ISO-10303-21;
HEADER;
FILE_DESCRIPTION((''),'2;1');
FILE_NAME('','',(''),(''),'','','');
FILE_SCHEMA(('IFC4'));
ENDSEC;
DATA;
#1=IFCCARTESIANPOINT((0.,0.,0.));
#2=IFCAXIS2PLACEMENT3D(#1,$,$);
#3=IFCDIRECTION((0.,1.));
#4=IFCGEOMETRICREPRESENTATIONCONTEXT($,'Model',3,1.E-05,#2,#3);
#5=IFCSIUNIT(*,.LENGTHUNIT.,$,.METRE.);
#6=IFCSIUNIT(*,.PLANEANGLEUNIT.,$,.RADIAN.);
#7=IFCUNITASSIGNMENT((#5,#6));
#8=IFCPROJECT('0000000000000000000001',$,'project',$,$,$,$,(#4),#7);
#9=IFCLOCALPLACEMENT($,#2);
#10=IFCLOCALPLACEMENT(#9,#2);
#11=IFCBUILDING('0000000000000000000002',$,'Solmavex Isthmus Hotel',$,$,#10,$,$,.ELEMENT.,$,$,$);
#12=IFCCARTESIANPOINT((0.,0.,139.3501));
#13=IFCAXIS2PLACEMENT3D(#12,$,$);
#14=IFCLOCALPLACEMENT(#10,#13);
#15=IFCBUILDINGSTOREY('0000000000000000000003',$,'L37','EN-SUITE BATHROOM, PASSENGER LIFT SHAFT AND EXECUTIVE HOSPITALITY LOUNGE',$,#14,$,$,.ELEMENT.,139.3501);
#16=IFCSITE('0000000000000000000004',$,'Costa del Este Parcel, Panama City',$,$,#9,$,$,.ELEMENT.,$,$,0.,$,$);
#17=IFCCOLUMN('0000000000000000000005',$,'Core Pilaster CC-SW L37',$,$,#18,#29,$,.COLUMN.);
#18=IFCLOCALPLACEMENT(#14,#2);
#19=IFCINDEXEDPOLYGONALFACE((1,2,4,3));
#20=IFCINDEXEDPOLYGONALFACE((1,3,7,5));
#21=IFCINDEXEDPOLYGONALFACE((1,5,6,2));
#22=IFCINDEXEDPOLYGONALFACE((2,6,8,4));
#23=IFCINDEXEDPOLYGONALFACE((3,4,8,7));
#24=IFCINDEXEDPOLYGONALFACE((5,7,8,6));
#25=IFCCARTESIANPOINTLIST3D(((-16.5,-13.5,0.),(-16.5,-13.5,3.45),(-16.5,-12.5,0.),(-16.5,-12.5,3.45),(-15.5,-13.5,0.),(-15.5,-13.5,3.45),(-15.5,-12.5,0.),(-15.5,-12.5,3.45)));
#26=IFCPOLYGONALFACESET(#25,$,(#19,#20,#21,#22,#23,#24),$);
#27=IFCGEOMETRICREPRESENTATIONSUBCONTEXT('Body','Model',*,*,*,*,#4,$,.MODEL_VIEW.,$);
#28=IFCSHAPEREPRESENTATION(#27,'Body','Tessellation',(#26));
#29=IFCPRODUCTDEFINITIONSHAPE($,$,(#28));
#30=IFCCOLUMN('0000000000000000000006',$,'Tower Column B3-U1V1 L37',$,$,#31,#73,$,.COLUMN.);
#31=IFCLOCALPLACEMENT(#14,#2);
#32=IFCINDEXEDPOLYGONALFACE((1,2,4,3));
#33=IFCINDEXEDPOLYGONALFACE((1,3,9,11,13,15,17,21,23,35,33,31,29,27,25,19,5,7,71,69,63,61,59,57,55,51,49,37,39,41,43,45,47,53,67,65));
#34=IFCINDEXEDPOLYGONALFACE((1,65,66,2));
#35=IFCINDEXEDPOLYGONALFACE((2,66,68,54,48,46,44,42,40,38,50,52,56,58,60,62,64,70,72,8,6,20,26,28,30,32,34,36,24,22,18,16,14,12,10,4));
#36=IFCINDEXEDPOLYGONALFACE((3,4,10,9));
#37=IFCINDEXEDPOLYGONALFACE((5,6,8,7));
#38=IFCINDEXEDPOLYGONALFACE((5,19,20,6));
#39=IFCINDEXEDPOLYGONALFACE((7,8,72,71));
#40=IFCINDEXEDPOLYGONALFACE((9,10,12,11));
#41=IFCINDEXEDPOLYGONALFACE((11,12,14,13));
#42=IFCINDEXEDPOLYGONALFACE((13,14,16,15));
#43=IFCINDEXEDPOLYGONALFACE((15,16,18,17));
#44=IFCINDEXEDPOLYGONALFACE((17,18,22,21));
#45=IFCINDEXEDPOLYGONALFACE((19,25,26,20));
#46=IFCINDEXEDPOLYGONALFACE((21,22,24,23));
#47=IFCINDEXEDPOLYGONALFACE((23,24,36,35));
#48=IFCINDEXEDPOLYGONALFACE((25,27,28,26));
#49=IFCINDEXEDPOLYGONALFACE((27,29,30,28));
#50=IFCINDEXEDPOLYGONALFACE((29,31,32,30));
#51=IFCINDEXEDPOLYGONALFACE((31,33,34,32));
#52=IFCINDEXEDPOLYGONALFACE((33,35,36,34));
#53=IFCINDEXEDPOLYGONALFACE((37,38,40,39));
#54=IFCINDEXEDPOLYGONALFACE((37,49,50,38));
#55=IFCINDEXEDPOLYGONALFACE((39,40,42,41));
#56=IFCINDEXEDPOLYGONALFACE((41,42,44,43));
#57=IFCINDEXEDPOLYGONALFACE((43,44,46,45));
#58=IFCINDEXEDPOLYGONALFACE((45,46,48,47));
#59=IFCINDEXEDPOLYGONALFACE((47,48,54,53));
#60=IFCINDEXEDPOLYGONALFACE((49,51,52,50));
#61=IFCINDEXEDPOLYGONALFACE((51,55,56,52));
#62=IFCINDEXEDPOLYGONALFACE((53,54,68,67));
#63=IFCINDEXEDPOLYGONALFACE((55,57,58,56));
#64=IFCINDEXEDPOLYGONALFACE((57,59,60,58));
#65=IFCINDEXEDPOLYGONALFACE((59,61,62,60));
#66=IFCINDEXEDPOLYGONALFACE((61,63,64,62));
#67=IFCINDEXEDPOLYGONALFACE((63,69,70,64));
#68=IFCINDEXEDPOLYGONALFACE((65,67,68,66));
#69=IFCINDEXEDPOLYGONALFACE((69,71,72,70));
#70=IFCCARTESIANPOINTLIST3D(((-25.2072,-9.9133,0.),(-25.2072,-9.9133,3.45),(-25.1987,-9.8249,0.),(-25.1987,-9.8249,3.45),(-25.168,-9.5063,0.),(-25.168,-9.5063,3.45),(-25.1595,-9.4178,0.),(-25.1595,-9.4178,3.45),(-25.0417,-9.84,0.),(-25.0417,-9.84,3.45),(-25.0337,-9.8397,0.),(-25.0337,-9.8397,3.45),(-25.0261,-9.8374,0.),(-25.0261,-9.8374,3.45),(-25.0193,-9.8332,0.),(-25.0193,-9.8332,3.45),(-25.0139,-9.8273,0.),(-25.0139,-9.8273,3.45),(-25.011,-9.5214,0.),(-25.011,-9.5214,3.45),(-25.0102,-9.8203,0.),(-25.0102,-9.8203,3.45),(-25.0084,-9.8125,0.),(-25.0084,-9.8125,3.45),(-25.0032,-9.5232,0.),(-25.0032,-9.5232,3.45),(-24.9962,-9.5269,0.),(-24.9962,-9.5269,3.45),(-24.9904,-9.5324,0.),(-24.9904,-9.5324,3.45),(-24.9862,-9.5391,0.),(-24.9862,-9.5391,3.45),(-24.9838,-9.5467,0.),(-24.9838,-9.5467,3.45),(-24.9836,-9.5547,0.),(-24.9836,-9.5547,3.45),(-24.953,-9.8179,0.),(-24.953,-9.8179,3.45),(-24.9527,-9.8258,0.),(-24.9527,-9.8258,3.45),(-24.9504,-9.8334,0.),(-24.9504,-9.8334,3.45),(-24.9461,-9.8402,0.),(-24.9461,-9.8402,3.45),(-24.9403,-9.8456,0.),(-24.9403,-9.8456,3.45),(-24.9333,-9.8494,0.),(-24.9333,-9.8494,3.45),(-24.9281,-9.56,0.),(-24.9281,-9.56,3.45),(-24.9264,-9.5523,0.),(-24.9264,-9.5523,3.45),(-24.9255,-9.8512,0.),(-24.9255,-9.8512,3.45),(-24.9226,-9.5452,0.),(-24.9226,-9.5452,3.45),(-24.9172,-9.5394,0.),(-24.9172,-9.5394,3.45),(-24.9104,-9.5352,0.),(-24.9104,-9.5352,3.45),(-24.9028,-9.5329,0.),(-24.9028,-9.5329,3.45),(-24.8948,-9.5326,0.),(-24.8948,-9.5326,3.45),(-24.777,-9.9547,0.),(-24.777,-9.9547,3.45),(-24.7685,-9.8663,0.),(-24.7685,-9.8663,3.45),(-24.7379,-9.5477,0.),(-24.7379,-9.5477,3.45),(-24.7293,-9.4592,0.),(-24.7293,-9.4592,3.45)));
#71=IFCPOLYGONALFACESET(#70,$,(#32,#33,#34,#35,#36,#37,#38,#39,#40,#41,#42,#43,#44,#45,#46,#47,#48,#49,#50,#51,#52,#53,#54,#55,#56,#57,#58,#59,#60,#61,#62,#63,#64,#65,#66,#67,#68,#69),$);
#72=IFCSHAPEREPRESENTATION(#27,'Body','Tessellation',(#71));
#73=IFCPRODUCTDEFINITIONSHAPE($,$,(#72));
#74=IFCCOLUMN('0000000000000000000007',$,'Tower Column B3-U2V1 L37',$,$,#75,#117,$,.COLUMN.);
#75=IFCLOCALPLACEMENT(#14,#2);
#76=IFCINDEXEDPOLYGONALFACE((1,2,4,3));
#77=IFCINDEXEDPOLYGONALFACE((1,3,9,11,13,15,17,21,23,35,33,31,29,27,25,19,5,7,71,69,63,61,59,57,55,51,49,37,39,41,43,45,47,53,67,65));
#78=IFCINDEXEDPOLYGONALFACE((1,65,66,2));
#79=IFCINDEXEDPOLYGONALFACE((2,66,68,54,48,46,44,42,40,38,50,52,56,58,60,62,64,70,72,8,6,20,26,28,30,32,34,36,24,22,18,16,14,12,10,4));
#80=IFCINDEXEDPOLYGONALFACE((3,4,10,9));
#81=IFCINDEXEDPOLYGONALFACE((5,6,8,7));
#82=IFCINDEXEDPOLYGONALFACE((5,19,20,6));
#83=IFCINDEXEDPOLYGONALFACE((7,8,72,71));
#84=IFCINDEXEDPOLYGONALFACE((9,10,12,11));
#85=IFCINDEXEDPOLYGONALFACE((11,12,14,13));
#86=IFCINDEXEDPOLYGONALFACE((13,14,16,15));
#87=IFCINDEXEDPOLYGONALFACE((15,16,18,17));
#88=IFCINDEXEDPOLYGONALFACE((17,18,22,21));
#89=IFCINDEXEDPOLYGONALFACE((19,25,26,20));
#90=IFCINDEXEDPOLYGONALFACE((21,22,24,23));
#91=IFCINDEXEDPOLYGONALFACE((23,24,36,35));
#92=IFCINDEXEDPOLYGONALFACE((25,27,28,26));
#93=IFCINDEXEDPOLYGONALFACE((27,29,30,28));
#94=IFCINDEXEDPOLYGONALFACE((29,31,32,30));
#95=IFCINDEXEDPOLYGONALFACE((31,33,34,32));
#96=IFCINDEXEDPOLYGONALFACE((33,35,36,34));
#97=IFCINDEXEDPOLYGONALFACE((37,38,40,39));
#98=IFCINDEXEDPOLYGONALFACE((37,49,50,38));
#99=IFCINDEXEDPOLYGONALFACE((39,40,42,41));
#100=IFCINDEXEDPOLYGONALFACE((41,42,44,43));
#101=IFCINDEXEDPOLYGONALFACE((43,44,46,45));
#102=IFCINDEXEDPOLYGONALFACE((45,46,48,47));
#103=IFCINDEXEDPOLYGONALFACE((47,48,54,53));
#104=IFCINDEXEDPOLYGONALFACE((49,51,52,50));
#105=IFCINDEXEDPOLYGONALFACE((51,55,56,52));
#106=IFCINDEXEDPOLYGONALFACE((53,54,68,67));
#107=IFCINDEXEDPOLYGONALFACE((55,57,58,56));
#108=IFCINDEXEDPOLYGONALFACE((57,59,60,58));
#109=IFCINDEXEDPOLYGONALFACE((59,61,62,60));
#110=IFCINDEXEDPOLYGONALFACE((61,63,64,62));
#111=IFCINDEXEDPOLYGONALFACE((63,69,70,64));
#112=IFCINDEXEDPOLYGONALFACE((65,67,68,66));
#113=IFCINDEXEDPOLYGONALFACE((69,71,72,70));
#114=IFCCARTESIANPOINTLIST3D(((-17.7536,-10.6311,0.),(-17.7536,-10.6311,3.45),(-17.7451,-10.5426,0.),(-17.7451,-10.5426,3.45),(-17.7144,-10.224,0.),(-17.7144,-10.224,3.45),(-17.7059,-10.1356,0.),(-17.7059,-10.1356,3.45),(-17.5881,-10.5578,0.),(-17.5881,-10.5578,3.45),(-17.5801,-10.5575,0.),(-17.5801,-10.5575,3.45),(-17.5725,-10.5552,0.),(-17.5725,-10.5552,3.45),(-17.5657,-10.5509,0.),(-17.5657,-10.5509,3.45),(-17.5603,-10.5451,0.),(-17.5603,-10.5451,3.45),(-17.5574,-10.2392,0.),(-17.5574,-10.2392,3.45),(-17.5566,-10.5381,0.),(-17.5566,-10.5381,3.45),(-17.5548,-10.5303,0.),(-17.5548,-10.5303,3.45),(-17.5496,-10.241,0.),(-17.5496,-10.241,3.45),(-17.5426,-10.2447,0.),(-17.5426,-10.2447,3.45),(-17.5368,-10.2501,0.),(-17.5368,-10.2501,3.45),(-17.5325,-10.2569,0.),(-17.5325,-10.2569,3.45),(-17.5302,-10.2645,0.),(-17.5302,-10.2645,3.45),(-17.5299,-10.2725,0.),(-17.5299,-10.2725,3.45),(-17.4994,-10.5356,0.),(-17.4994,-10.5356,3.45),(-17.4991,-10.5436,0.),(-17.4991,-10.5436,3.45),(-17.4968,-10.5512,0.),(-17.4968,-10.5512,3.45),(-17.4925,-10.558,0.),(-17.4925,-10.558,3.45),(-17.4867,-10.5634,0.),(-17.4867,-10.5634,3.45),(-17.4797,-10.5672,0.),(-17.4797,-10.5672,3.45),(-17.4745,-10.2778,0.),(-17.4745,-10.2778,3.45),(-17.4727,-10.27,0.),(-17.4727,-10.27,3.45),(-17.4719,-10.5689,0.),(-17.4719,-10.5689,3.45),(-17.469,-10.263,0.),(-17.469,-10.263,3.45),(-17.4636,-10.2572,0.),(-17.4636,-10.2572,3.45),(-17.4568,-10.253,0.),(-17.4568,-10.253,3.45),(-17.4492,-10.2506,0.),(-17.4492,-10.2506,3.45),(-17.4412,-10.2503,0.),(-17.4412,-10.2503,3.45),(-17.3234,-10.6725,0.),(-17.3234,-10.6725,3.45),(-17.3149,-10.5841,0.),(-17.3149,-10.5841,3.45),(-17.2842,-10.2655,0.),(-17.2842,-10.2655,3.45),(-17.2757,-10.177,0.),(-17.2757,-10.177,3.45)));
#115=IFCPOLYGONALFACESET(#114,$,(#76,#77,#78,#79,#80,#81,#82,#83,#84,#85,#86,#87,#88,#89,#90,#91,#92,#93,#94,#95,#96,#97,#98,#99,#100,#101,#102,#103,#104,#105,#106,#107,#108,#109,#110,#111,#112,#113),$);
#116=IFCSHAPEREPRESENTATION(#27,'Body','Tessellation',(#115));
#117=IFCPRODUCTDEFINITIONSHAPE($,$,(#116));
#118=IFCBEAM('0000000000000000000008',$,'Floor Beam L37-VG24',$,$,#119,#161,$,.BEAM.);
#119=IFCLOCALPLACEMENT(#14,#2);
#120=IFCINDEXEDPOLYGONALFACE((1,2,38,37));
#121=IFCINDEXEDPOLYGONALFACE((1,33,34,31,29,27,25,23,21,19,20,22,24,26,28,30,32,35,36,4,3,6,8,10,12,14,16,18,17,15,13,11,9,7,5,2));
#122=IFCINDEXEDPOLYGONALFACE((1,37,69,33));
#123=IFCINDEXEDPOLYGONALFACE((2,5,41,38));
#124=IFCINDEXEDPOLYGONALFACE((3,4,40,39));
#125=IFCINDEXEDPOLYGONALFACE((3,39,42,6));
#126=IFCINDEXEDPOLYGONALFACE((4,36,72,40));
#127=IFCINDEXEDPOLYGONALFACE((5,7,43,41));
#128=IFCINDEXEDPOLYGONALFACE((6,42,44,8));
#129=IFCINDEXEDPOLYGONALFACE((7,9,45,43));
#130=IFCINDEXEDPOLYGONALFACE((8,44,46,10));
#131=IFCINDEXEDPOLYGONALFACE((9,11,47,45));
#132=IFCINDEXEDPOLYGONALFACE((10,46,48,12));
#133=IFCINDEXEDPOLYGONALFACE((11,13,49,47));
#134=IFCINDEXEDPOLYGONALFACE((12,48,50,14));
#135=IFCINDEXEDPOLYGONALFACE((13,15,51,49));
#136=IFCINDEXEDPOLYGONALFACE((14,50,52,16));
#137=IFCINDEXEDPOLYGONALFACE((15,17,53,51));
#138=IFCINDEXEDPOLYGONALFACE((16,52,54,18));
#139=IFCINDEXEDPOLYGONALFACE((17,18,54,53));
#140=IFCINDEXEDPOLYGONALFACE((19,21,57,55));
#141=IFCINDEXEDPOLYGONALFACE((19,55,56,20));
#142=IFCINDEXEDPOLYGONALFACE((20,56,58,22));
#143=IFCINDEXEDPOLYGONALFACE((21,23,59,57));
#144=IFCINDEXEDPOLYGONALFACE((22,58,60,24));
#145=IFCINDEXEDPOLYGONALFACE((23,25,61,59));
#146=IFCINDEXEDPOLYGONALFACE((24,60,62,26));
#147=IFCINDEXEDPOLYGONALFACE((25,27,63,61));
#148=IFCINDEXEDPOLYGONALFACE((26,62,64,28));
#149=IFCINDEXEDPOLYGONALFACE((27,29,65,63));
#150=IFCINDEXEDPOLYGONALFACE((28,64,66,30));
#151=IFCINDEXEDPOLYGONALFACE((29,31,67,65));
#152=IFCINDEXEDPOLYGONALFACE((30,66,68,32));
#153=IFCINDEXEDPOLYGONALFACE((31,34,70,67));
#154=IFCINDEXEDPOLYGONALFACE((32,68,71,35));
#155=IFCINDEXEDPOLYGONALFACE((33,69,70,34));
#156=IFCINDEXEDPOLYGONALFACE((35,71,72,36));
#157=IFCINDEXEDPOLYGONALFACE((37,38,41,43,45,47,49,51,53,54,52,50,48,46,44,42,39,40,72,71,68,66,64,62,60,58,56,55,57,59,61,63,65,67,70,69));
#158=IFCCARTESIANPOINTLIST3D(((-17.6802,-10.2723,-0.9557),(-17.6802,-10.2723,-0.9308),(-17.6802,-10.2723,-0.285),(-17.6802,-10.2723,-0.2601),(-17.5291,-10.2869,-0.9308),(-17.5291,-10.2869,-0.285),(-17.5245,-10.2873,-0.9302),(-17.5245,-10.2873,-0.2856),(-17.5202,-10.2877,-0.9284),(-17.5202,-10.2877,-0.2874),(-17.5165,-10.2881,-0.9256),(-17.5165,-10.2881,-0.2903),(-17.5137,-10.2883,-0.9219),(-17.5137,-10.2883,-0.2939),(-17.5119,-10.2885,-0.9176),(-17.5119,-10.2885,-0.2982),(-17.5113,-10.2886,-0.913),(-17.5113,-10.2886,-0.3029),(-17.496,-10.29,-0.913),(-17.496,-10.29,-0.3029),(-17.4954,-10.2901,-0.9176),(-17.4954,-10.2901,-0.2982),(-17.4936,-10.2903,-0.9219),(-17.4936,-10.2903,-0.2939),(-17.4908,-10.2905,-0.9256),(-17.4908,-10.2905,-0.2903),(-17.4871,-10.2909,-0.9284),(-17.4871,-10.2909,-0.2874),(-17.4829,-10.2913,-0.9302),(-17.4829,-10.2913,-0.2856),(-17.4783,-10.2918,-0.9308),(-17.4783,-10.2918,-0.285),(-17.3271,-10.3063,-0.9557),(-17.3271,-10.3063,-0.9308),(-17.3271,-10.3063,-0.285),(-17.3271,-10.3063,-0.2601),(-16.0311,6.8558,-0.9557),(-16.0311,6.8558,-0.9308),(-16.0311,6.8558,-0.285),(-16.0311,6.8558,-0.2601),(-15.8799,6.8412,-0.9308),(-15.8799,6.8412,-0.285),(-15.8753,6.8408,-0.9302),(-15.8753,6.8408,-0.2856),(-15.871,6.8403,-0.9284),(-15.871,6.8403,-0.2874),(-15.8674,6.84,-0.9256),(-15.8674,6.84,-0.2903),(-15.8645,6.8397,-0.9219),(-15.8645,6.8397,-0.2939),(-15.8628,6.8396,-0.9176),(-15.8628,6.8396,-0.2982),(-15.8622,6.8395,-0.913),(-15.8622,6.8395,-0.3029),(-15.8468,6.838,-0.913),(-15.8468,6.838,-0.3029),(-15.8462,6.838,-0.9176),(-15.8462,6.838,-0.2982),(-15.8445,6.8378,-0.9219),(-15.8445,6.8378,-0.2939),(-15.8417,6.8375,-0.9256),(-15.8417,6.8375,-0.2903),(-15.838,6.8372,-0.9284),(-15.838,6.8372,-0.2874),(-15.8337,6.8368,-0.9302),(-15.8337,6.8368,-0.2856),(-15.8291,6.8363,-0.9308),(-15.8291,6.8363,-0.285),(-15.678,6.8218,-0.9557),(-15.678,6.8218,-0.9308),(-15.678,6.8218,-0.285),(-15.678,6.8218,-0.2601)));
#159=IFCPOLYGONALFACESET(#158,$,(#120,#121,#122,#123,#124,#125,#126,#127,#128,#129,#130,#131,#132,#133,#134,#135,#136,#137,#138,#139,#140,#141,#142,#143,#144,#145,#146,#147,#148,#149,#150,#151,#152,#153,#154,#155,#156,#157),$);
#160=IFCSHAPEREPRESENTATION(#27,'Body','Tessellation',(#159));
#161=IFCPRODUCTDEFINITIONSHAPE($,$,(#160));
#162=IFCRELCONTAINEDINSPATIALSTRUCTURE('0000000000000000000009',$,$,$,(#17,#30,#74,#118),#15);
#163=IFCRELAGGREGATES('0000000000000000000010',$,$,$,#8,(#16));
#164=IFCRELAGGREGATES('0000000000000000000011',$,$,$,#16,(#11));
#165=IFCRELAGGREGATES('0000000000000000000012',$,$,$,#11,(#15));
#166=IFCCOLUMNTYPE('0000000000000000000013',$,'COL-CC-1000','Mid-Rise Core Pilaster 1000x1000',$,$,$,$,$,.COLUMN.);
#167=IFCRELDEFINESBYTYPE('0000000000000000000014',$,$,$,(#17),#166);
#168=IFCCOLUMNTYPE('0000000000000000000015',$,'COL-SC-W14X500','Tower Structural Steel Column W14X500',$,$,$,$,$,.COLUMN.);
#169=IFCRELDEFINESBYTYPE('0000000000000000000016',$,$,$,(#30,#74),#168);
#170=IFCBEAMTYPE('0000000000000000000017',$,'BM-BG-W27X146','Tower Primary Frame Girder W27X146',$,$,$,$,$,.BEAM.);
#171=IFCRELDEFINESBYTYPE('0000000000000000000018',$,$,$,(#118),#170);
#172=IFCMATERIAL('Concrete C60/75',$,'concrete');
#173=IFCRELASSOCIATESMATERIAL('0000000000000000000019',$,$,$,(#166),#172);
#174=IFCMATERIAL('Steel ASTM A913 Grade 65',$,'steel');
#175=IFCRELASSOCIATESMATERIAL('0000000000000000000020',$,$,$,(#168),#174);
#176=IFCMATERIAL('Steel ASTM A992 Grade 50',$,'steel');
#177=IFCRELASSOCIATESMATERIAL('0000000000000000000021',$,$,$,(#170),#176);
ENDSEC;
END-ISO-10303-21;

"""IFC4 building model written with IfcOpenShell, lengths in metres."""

from ifc_helpers import new_model, si_unit, direction, frame, origin, origin_2d, place, context, subcontext, project, spatial, rectangle, i_section, extrude, material, material_profile, profile_set, type_object, element, save


model = new_model("IFC4")

# Units and contexts
model_context = context("Model", 3, precision=1e-05, world=origin(), true_north=direction((0.0, 1.0)))
body_context = subcontext(model_context, "Body", "Model", "MODEL_VIEW")
ifc_project = project(units=[si_unit("LENGTHUNIT", "METRE"), si_unit("PLANEANGLEUNIT", "RADIAN")], contexts=[model_context])

# Site, building, storey
site_placement = place(None, origin())
site = spatial("IfcSite", under=ifc_project, at=site_placement, Name="Costa del Este Parcel, Panama City", CompositionType="ELEMENT", RefElevation=0.0)
building_placement = place(site_placement, origin())
building = spatial("IfcBuilding", under=site, at=building_placement, Name="Solmavex Isthmus Hotel", CompositionType="ELEMENT")
storey_placement = place(building_placement, frame((0.0, 0.0, 139.3501)))
storey = spatial("IfcBuildingStorey", under=building, at=storey_placement, Name="L37", Description="EN-SUITE BATHROOM, PASSENGER LIFT SHAFT AND EXECUTIVE HOSPITALITY LOUNGE", CompositionType="ELEMENT", Elevation=139.3501)

# Columns
ifc_material_1 = material(Name="Concrete C60/75", Category="concrete")
ifc_material_profile_1 = material_profile(ifc_material_1, rectangle(XDim=1.0, YDim=1.0, at=origin_2d()), Name="RC1000X1000")
ifc_profile_set_1 = profile_set([ifc_material_profile_1], Name="Concrete C60/75")
column_type_1 = type_object("IfcColumnType", Name="COL-CC-1000", Description="Mid-Rise Core Pilaster 1000x1000", PredefinedType="COLUMN", material=ifc_profile_set_1)
column_placement = place(storey_placement, frame((-16.0, -13.0, 0.0), z_axis=(0.0, 0.0, 1.0), x_axis=(1.0, 0.0, 0.0)))
element("IfcColumn", 1, at=column_placement, inside=storey, type_object=column_type_1, Name="Core Pilaster CC-SW L37", PredefinedType="COLUMN", context=body_context, shape_type="SweptSolid", body=[
    extrude(rectangle(XDim=1.0, YDim=1.0, at=origin_2d()), origin(), (0.0, 0.0, 1.0), 3.45),
])
ifc_material_2 = material(Name="Steel ASTM A913 Grade 65", Category="steel")
ifc_material_profile_2 = material_profile(ifc_material_2, i_section(OverallWidth=0.4321, OverallDepth=0.4978, WebThickness=0.0557, FlangeThickness=0.0889, FilletRadius=0.0305, at=origin_2d()), Name="W14X500")
ifc_profile_set_2 = profile_set([ifc_material_profile_2], Name="Steel ASTM A913 Grade 65")
column_type_2 = type_object("IfcColumnType", Name="COL-SC-W14X500", Description="Tower Structural Steel Column W14X500", PredefinedType="COLUMN", material=ifc_profile_set_2)
for number, where, z_axis, x_axis, name in (
    (2, (-24.9683, -9.6863, 0.0), (0.0, 0.0, 1.0), (0.995396, -0.095846, 0.0), "Tower Column B3-U1V1 L37"),
    (3, (-17.5146, -10.4041, 0.0), (0.0, 0.0, 1.0), (0.995396, -0.095846, 0.0), "Tower Column B3-U2V1 L37"),
):
    element("IfcColumn", number, at=place(storey_placement, frame(where, z_axis=z_axis, x_axis=x_axis)), inside=storey, type_object=column_type_2, Name=name, PredefinedType="COLUMN", context=body_context, shape_type="SweptSolid", body=[
        extrude(i_section(OverallWidth=0.4321, OverallDepth=0.4978, WebThickness=0.0557, FlangeThickness=0.0889, FilletRadius=0.0305, at=origin_2d()), origin(), (0.0, 0.0, 1.0), 3.45),
    ])

# Beam
ifc_material_3 = material(Name="Steel ASTM A992 Grade 50", Category="steel")
ifc_material_profile_3 = material_profile(ifc_material_3, i_section(OverallWidth=0.3547, OverallDepth=0.6956, WebThickness=0.0154, FlangeThickness=0.0249, FilletRadius=0.0178, at=origin_2d()), Name="W27X146")
ifc_profile_set_3 = profile_set([ifc_material_profile_3], Name="Steel ASTM A992 Grade 50")
beam_type_1 = type_object("IfcBeamType", Name="BM-BG-W27X146", Description="Tower Primary Frame Girder W27X146", PredefinedType="BEAM", material=ifc_profile_set_3)
beam_1_placement = place(storey_placement, frame((-17.5037, -10.2893, -0.6079), z_axis=(0.095841, 0.995397, 0.0), x_axis=(-0.995397, 0.095841, 0.0)))
element("IfcBeam", 4, at=beam_1_placement, inside=storey, type_object=beam_type_1, Name="Floor Beam L37-VG24", PredefinedType="BEAM", context=body_context, shape_type="SweptSolid", body=[
    extrude(i_section(OverallWidth=0.3547, OverallDepth=0.6956, WebThickness=0.0154, FlangeThickness=0.0249, FilletRadius=0.0178, at=origin_2d()), origin(), (0.0, 0.0, 1.0), 17.2073),
])

save(model, "model.ifc")
